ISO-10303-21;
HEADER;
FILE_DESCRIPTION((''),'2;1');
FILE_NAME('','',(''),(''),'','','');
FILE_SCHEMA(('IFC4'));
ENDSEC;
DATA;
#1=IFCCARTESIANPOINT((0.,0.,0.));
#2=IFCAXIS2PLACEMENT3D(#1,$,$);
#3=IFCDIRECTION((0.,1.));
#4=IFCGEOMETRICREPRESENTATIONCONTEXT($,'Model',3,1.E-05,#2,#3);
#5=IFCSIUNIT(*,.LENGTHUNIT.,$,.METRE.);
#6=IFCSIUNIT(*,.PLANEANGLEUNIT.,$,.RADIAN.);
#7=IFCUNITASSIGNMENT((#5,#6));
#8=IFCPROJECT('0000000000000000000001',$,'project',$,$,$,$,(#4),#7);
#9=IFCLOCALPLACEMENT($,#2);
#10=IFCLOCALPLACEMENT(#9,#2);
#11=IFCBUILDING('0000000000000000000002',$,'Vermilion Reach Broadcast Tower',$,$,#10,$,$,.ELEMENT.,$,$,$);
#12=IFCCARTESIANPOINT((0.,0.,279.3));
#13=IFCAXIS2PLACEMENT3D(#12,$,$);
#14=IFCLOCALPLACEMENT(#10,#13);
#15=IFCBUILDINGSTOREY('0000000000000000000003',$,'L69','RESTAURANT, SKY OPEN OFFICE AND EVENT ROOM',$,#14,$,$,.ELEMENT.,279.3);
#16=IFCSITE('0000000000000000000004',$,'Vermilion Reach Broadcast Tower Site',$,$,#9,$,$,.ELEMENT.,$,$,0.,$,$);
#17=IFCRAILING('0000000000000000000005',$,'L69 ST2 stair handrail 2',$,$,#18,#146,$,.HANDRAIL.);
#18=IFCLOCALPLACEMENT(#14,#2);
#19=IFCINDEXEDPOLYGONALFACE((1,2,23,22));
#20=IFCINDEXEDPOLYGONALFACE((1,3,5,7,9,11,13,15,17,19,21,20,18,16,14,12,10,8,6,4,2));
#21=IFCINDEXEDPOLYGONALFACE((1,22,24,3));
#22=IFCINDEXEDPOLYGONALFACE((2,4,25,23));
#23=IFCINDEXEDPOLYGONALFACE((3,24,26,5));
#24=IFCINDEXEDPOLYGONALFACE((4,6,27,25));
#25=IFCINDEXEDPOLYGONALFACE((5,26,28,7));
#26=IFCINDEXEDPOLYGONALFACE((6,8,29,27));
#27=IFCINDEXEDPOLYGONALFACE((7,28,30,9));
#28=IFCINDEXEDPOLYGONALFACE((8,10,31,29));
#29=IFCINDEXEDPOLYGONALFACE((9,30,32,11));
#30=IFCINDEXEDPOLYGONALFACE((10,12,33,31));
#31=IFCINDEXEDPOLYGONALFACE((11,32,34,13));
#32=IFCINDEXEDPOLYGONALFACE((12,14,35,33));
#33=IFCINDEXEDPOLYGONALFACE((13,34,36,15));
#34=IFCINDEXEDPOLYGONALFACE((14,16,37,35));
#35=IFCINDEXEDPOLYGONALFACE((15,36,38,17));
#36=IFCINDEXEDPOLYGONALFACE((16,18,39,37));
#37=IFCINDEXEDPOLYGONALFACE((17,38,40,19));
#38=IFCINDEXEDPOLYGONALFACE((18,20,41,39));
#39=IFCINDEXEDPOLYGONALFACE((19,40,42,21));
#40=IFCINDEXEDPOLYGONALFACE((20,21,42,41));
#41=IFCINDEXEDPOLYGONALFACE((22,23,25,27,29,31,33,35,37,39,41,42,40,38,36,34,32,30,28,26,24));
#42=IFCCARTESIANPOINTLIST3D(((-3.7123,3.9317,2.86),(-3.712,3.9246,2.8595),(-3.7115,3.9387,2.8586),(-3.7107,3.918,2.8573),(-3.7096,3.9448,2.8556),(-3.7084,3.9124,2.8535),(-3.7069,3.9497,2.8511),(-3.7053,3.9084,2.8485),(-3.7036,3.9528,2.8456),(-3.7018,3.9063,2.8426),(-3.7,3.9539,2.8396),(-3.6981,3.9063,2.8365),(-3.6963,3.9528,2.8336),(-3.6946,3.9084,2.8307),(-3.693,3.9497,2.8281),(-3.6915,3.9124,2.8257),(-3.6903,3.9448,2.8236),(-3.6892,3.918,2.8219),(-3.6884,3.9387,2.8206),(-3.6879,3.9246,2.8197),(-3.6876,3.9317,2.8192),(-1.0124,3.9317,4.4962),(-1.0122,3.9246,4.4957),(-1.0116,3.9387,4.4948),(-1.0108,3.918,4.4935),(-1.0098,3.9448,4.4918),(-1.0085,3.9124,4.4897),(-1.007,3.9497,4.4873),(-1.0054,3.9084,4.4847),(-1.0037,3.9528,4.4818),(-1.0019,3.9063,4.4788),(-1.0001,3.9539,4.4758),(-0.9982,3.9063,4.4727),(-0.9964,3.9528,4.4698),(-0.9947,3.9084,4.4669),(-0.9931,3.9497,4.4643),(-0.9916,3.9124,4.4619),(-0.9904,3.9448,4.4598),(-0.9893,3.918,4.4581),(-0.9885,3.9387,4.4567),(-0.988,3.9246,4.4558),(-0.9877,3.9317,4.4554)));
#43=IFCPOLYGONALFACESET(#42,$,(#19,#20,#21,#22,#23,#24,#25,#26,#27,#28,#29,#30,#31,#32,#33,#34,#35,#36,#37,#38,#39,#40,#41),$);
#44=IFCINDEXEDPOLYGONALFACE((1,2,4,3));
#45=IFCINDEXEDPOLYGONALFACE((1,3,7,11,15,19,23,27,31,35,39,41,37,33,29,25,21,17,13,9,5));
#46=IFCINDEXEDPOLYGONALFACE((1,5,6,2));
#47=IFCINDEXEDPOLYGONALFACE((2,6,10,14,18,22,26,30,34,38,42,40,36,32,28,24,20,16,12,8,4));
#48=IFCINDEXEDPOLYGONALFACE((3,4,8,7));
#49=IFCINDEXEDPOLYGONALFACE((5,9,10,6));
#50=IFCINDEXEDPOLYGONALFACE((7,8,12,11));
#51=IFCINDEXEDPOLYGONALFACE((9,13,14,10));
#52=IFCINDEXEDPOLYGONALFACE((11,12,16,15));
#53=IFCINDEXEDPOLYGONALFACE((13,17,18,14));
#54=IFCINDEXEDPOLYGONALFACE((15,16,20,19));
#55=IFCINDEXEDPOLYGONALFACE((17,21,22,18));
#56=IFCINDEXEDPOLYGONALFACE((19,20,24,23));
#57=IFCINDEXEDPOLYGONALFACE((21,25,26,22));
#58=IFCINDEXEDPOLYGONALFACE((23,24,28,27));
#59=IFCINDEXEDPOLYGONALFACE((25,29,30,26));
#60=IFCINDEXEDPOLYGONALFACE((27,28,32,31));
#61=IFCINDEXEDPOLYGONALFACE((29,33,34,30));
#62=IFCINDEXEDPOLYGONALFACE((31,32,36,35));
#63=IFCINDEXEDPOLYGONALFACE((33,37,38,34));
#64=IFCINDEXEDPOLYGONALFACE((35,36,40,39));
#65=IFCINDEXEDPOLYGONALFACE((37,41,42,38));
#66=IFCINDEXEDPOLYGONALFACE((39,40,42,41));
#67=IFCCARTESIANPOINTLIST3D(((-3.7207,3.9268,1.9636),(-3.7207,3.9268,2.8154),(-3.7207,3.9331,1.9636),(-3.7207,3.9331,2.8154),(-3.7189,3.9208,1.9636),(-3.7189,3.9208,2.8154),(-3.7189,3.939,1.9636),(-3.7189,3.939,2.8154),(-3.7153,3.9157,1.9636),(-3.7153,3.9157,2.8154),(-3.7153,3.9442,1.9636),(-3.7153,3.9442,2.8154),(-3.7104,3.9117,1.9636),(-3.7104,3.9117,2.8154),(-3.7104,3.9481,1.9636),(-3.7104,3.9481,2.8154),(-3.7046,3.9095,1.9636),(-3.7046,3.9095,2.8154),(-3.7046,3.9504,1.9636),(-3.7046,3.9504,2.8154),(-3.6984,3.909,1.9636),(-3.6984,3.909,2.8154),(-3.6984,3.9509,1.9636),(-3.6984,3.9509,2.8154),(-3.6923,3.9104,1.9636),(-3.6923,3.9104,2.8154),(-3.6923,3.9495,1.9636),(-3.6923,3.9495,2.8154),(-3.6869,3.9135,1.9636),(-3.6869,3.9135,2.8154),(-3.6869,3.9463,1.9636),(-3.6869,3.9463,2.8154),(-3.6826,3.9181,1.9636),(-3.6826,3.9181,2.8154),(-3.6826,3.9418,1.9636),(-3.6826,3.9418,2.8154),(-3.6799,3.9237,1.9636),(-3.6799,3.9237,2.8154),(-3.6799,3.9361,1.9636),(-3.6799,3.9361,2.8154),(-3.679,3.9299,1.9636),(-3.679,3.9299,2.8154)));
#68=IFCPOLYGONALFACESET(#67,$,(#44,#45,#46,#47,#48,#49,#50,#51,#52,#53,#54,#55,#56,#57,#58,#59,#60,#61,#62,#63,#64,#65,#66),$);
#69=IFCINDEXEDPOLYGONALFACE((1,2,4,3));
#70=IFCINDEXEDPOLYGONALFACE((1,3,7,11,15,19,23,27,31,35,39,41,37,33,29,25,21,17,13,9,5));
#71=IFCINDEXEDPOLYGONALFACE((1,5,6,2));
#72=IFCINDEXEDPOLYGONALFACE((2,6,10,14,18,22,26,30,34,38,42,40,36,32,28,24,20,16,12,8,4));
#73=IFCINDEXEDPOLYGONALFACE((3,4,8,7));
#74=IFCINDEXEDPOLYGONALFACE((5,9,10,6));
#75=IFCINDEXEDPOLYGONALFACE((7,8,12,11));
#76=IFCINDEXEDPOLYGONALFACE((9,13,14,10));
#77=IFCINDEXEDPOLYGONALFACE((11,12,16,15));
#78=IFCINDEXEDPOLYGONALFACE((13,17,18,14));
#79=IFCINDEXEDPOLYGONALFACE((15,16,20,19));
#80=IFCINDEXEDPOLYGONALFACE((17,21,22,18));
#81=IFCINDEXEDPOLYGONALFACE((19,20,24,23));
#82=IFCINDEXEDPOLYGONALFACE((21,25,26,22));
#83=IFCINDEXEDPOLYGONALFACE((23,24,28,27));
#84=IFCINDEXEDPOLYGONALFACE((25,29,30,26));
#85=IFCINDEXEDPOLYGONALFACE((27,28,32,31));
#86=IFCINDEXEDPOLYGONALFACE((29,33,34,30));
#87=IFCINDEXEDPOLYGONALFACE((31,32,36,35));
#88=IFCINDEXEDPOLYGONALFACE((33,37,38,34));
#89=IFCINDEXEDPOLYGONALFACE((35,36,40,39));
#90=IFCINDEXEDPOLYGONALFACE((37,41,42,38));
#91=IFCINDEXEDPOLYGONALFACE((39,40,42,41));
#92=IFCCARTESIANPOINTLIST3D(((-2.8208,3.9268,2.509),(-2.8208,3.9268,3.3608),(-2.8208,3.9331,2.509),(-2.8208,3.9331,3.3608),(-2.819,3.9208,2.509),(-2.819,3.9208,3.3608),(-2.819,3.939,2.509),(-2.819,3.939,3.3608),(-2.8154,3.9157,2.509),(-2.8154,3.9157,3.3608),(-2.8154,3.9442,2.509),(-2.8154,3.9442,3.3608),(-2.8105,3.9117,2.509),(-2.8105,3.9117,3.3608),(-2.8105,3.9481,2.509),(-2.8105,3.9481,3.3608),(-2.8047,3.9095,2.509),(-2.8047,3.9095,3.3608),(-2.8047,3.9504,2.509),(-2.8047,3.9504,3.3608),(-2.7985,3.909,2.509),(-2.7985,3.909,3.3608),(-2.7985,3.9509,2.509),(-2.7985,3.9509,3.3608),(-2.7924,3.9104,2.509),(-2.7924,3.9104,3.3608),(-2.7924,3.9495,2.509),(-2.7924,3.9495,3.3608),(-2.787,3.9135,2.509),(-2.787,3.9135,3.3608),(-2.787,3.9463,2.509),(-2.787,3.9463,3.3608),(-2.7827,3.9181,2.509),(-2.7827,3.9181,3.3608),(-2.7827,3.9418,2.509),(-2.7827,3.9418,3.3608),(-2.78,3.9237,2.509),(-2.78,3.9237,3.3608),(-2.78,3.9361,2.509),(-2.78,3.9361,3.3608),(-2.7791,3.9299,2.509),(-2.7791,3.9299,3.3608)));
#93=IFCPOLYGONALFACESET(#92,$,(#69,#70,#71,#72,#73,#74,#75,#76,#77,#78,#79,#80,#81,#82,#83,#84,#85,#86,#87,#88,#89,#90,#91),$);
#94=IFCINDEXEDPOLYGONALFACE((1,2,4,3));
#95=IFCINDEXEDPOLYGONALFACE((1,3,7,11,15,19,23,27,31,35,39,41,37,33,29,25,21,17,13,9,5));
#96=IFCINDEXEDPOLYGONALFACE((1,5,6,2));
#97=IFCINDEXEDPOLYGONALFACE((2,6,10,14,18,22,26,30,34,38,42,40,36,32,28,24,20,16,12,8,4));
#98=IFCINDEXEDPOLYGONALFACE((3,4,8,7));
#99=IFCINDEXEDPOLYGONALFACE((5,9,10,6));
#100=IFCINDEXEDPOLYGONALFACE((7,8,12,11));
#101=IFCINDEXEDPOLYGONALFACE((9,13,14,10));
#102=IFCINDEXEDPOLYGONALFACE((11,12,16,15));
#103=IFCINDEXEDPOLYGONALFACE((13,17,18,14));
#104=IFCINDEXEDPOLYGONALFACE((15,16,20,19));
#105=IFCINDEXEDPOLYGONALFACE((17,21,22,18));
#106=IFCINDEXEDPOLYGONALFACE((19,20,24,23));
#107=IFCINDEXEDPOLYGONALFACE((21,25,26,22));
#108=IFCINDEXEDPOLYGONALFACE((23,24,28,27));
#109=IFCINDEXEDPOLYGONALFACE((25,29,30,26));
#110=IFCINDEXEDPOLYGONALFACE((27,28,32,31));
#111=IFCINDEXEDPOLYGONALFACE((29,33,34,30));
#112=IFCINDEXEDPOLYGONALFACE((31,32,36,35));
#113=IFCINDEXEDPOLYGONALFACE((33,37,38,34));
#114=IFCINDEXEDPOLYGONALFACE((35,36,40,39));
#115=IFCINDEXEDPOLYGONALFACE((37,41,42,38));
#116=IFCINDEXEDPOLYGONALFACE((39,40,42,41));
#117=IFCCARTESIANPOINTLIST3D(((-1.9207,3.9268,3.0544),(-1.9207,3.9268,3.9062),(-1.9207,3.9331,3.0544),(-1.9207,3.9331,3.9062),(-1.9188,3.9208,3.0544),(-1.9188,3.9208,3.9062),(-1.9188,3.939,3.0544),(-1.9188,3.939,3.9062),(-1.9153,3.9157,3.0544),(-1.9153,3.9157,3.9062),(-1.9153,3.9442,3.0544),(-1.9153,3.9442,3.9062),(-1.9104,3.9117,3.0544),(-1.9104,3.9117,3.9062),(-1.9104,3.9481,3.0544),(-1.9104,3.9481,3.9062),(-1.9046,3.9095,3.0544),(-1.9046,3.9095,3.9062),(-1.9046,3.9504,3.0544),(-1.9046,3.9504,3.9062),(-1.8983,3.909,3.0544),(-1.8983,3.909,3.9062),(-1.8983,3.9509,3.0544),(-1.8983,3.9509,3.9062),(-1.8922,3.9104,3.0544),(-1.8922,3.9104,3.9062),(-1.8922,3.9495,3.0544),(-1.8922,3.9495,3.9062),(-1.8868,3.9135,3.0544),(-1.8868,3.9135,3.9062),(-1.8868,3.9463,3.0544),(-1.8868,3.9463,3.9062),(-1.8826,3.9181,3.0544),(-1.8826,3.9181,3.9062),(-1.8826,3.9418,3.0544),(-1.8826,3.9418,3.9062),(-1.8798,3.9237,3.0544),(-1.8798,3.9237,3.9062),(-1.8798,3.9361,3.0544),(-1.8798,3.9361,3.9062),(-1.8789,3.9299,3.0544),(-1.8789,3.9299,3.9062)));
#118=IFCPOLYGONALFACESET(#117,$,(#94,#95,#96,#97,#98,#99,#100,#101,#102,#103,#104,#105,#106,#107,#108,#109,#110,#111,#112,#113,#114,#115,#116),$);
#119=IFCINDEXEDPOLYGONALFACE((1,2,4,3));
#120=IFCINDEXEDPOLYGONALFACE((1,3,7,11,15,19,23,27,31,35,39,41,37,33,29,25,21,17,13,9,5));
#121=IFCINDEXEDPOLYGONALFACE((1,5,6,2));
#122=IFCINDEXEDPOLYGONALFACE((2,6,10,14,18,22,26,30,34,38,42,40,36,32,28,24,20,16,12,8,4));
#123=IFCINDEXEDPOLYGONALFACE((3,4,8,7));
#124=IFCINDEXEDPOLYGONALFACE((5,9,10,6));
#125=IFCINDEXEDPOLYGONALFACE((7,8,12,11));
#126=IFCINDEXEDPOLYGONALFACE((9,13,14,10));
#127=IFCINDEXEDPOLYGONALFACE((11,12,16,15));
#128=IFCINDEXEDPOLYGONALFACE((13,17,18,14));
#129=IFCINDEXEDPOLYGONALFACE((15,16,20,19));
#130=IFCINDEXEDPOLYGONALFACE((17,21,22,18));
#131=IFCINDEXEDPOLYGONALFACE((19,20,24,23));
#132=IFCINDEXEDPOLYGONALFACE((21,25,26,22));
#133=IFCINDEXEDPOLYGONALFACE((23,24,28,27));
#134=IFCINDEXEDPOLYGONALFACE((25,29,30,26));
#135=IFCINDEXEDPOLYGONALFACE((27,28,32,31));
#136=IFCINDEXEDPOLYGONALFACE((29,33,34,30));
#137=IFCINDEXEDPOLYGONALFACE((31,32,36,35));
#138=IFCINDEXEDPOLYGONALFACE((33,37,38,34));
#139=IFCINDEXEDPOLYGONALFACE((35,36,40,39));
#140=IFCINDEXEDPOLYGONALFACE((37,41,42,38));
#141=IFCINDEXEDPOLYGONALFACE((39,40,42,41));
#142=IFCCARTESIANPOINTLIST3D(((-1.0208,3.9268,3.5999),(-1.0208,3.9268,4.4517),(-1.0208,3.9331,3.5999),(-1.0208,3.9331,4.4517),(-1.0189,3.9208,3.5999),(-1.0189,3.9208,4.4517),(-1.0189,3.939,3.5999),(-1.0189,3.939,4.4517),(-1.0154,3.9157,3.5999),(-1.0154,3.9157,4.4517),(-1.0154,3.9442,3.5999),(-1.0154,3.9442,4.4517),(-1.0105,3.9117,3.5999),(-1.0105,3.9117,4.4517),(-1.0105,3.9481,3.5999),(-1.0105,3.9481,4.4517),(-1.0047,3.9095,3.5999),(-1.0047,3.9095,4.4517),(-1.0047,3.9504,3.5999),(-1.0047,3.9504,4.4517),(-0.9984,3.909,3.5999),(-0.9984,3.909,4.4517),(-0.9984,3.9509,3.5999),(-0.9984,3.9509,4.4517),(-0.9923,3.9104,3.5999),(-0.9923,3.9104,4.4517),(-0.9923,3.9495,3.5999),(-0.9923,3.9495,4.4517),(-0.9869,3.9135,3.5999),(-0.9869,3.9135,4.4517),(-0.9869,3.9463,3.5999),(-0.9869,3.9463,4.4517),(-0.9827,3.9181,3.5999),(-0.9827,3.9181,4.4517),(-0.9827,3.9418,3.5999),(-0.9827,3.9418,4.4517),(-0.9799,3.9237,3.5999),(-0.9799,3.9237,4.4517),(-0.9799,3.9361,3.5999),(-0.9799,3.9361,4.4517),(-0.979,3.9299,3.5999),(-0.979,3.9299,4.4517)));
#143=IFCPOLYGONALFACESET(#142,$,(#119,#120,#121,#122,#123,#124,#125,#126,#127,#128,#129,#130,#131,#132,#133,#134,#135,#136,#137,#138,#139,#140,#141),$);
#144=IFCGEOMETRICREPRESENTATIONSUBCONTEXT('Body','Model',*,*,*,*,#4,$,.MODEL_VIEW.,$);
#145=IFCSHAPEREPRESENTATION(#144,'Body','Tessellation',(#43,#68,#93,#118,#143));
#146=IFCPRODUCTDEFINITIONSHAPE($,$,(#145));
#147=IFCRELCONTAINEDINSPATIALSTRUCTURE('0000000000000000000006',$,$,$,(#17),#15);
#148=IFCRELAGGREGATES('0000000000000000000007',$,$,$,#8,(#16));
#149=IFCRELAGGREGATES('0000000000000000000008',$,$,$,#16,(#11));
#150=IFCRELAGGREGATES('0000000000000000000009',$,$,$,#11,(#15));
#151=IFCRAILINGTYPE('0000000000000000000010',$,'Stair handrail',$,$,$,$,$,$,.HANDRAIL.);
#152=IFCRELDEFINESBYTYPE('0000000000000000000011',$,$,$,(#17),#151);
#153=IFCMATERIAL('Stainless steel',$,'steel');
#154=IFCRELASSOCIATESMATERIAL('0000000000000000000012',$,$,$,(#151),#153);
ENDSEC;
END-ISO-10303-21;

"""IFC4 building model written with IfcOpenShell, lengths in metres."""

from ifc_helpers import new_model, si_unit, direction, frame, origin, origin_2d, place, context, subcontext, project, spatial, circle, extrude, material, type_object, element, save


model = new_model("IFC4")

# Units and contexts
model_context = context("Model", 3, precision=1e-05, world=origin(), true_north=direction((0.0, 1.0)))
body_context = subcontext(model_context, "Body", "Model", "MODEL_VIEW")
ifc_project = project(units=[si_unit("LENGTHUNIT", "METRE"), si_unit("PLANEANGLEUNIT", "RADIAN")], contexts=[model_context])

# Site, building, storey
site_placement = place(None, origin())
site = spatial("IfcSite", under=ifc_project, at=site_placement, Name="Vermilion Reach Broadcast Tower Site", CompositionType="ELEMENT", RefElevation=0.0)
building_placement = place(site_placement, origin())
building = spatial("IfcBuilding", under=site, at=building_placement, Name="Vermilion Reach Broadcast Tower", CompositionType="ELEMENT")
storey_placement = place(building_placement, frame((0.0, 0.0, 279.3)))
storey = spatial("IfcBuildingStorey", under=building, at=storey_placement, Name="L69", Description="RESTAURANT, SKY OPEN OFFICE AND EVENT ROOM", CompositionType="ELEMENT", Elevation=279.3)

# Railing
ifc_material_1 = material(Name="Stainless steel", Category="steel")
railing_type_1 = type_object("IfcRailingType", Name="Stair handrail", PredefinedType="HANDRAIL", material=ifc_material_1)
railing_1_placement = place(storey_placement, frame((-3.7, 3.9299, 1.9636)))
element("IfcRailing", 1, at=railing_1_placement, inside=storey, type_object=railing_type_1, Name="L69 ST2 stair handrail 2", PredefinedType="HANDRAIL", context=body_context, shape_type="SweptSolid", body=[
    extrude(circle(Radius=0.0239, at=origin_2d()), frame((0.0, 0.0, 0.876), z_axis=(0.855212, 0.0, 0.518278), x_axis=(0.0, 1.0, 0.0)), (0.0, 0.0, 1.0), 3.157),
    extrude(circle(Radius=0.021, at=origin_2d()), origin(), (0.0, 0.0, 1.0), 0.8518),
    extrude(circle(Radius=0.021, at=origin_2d()), frame((0.8999, 0.0, 0.5454)), (0.0, 0.0, 1.0), 0.8518),
    extrude(circle(Radius=0.021, at=origin_2d()), frame((1.8, 0.0, 1.0908)), (0.0, 0.0, 1.0), 0.8518),
    extrude(circle(Radius=0.021, at=origin_2d()), frame((2.7, 0.0, 1.6362)), (0.0, 0.0, 1.0), 0.8518),
])

save(model, "model.ifc")
